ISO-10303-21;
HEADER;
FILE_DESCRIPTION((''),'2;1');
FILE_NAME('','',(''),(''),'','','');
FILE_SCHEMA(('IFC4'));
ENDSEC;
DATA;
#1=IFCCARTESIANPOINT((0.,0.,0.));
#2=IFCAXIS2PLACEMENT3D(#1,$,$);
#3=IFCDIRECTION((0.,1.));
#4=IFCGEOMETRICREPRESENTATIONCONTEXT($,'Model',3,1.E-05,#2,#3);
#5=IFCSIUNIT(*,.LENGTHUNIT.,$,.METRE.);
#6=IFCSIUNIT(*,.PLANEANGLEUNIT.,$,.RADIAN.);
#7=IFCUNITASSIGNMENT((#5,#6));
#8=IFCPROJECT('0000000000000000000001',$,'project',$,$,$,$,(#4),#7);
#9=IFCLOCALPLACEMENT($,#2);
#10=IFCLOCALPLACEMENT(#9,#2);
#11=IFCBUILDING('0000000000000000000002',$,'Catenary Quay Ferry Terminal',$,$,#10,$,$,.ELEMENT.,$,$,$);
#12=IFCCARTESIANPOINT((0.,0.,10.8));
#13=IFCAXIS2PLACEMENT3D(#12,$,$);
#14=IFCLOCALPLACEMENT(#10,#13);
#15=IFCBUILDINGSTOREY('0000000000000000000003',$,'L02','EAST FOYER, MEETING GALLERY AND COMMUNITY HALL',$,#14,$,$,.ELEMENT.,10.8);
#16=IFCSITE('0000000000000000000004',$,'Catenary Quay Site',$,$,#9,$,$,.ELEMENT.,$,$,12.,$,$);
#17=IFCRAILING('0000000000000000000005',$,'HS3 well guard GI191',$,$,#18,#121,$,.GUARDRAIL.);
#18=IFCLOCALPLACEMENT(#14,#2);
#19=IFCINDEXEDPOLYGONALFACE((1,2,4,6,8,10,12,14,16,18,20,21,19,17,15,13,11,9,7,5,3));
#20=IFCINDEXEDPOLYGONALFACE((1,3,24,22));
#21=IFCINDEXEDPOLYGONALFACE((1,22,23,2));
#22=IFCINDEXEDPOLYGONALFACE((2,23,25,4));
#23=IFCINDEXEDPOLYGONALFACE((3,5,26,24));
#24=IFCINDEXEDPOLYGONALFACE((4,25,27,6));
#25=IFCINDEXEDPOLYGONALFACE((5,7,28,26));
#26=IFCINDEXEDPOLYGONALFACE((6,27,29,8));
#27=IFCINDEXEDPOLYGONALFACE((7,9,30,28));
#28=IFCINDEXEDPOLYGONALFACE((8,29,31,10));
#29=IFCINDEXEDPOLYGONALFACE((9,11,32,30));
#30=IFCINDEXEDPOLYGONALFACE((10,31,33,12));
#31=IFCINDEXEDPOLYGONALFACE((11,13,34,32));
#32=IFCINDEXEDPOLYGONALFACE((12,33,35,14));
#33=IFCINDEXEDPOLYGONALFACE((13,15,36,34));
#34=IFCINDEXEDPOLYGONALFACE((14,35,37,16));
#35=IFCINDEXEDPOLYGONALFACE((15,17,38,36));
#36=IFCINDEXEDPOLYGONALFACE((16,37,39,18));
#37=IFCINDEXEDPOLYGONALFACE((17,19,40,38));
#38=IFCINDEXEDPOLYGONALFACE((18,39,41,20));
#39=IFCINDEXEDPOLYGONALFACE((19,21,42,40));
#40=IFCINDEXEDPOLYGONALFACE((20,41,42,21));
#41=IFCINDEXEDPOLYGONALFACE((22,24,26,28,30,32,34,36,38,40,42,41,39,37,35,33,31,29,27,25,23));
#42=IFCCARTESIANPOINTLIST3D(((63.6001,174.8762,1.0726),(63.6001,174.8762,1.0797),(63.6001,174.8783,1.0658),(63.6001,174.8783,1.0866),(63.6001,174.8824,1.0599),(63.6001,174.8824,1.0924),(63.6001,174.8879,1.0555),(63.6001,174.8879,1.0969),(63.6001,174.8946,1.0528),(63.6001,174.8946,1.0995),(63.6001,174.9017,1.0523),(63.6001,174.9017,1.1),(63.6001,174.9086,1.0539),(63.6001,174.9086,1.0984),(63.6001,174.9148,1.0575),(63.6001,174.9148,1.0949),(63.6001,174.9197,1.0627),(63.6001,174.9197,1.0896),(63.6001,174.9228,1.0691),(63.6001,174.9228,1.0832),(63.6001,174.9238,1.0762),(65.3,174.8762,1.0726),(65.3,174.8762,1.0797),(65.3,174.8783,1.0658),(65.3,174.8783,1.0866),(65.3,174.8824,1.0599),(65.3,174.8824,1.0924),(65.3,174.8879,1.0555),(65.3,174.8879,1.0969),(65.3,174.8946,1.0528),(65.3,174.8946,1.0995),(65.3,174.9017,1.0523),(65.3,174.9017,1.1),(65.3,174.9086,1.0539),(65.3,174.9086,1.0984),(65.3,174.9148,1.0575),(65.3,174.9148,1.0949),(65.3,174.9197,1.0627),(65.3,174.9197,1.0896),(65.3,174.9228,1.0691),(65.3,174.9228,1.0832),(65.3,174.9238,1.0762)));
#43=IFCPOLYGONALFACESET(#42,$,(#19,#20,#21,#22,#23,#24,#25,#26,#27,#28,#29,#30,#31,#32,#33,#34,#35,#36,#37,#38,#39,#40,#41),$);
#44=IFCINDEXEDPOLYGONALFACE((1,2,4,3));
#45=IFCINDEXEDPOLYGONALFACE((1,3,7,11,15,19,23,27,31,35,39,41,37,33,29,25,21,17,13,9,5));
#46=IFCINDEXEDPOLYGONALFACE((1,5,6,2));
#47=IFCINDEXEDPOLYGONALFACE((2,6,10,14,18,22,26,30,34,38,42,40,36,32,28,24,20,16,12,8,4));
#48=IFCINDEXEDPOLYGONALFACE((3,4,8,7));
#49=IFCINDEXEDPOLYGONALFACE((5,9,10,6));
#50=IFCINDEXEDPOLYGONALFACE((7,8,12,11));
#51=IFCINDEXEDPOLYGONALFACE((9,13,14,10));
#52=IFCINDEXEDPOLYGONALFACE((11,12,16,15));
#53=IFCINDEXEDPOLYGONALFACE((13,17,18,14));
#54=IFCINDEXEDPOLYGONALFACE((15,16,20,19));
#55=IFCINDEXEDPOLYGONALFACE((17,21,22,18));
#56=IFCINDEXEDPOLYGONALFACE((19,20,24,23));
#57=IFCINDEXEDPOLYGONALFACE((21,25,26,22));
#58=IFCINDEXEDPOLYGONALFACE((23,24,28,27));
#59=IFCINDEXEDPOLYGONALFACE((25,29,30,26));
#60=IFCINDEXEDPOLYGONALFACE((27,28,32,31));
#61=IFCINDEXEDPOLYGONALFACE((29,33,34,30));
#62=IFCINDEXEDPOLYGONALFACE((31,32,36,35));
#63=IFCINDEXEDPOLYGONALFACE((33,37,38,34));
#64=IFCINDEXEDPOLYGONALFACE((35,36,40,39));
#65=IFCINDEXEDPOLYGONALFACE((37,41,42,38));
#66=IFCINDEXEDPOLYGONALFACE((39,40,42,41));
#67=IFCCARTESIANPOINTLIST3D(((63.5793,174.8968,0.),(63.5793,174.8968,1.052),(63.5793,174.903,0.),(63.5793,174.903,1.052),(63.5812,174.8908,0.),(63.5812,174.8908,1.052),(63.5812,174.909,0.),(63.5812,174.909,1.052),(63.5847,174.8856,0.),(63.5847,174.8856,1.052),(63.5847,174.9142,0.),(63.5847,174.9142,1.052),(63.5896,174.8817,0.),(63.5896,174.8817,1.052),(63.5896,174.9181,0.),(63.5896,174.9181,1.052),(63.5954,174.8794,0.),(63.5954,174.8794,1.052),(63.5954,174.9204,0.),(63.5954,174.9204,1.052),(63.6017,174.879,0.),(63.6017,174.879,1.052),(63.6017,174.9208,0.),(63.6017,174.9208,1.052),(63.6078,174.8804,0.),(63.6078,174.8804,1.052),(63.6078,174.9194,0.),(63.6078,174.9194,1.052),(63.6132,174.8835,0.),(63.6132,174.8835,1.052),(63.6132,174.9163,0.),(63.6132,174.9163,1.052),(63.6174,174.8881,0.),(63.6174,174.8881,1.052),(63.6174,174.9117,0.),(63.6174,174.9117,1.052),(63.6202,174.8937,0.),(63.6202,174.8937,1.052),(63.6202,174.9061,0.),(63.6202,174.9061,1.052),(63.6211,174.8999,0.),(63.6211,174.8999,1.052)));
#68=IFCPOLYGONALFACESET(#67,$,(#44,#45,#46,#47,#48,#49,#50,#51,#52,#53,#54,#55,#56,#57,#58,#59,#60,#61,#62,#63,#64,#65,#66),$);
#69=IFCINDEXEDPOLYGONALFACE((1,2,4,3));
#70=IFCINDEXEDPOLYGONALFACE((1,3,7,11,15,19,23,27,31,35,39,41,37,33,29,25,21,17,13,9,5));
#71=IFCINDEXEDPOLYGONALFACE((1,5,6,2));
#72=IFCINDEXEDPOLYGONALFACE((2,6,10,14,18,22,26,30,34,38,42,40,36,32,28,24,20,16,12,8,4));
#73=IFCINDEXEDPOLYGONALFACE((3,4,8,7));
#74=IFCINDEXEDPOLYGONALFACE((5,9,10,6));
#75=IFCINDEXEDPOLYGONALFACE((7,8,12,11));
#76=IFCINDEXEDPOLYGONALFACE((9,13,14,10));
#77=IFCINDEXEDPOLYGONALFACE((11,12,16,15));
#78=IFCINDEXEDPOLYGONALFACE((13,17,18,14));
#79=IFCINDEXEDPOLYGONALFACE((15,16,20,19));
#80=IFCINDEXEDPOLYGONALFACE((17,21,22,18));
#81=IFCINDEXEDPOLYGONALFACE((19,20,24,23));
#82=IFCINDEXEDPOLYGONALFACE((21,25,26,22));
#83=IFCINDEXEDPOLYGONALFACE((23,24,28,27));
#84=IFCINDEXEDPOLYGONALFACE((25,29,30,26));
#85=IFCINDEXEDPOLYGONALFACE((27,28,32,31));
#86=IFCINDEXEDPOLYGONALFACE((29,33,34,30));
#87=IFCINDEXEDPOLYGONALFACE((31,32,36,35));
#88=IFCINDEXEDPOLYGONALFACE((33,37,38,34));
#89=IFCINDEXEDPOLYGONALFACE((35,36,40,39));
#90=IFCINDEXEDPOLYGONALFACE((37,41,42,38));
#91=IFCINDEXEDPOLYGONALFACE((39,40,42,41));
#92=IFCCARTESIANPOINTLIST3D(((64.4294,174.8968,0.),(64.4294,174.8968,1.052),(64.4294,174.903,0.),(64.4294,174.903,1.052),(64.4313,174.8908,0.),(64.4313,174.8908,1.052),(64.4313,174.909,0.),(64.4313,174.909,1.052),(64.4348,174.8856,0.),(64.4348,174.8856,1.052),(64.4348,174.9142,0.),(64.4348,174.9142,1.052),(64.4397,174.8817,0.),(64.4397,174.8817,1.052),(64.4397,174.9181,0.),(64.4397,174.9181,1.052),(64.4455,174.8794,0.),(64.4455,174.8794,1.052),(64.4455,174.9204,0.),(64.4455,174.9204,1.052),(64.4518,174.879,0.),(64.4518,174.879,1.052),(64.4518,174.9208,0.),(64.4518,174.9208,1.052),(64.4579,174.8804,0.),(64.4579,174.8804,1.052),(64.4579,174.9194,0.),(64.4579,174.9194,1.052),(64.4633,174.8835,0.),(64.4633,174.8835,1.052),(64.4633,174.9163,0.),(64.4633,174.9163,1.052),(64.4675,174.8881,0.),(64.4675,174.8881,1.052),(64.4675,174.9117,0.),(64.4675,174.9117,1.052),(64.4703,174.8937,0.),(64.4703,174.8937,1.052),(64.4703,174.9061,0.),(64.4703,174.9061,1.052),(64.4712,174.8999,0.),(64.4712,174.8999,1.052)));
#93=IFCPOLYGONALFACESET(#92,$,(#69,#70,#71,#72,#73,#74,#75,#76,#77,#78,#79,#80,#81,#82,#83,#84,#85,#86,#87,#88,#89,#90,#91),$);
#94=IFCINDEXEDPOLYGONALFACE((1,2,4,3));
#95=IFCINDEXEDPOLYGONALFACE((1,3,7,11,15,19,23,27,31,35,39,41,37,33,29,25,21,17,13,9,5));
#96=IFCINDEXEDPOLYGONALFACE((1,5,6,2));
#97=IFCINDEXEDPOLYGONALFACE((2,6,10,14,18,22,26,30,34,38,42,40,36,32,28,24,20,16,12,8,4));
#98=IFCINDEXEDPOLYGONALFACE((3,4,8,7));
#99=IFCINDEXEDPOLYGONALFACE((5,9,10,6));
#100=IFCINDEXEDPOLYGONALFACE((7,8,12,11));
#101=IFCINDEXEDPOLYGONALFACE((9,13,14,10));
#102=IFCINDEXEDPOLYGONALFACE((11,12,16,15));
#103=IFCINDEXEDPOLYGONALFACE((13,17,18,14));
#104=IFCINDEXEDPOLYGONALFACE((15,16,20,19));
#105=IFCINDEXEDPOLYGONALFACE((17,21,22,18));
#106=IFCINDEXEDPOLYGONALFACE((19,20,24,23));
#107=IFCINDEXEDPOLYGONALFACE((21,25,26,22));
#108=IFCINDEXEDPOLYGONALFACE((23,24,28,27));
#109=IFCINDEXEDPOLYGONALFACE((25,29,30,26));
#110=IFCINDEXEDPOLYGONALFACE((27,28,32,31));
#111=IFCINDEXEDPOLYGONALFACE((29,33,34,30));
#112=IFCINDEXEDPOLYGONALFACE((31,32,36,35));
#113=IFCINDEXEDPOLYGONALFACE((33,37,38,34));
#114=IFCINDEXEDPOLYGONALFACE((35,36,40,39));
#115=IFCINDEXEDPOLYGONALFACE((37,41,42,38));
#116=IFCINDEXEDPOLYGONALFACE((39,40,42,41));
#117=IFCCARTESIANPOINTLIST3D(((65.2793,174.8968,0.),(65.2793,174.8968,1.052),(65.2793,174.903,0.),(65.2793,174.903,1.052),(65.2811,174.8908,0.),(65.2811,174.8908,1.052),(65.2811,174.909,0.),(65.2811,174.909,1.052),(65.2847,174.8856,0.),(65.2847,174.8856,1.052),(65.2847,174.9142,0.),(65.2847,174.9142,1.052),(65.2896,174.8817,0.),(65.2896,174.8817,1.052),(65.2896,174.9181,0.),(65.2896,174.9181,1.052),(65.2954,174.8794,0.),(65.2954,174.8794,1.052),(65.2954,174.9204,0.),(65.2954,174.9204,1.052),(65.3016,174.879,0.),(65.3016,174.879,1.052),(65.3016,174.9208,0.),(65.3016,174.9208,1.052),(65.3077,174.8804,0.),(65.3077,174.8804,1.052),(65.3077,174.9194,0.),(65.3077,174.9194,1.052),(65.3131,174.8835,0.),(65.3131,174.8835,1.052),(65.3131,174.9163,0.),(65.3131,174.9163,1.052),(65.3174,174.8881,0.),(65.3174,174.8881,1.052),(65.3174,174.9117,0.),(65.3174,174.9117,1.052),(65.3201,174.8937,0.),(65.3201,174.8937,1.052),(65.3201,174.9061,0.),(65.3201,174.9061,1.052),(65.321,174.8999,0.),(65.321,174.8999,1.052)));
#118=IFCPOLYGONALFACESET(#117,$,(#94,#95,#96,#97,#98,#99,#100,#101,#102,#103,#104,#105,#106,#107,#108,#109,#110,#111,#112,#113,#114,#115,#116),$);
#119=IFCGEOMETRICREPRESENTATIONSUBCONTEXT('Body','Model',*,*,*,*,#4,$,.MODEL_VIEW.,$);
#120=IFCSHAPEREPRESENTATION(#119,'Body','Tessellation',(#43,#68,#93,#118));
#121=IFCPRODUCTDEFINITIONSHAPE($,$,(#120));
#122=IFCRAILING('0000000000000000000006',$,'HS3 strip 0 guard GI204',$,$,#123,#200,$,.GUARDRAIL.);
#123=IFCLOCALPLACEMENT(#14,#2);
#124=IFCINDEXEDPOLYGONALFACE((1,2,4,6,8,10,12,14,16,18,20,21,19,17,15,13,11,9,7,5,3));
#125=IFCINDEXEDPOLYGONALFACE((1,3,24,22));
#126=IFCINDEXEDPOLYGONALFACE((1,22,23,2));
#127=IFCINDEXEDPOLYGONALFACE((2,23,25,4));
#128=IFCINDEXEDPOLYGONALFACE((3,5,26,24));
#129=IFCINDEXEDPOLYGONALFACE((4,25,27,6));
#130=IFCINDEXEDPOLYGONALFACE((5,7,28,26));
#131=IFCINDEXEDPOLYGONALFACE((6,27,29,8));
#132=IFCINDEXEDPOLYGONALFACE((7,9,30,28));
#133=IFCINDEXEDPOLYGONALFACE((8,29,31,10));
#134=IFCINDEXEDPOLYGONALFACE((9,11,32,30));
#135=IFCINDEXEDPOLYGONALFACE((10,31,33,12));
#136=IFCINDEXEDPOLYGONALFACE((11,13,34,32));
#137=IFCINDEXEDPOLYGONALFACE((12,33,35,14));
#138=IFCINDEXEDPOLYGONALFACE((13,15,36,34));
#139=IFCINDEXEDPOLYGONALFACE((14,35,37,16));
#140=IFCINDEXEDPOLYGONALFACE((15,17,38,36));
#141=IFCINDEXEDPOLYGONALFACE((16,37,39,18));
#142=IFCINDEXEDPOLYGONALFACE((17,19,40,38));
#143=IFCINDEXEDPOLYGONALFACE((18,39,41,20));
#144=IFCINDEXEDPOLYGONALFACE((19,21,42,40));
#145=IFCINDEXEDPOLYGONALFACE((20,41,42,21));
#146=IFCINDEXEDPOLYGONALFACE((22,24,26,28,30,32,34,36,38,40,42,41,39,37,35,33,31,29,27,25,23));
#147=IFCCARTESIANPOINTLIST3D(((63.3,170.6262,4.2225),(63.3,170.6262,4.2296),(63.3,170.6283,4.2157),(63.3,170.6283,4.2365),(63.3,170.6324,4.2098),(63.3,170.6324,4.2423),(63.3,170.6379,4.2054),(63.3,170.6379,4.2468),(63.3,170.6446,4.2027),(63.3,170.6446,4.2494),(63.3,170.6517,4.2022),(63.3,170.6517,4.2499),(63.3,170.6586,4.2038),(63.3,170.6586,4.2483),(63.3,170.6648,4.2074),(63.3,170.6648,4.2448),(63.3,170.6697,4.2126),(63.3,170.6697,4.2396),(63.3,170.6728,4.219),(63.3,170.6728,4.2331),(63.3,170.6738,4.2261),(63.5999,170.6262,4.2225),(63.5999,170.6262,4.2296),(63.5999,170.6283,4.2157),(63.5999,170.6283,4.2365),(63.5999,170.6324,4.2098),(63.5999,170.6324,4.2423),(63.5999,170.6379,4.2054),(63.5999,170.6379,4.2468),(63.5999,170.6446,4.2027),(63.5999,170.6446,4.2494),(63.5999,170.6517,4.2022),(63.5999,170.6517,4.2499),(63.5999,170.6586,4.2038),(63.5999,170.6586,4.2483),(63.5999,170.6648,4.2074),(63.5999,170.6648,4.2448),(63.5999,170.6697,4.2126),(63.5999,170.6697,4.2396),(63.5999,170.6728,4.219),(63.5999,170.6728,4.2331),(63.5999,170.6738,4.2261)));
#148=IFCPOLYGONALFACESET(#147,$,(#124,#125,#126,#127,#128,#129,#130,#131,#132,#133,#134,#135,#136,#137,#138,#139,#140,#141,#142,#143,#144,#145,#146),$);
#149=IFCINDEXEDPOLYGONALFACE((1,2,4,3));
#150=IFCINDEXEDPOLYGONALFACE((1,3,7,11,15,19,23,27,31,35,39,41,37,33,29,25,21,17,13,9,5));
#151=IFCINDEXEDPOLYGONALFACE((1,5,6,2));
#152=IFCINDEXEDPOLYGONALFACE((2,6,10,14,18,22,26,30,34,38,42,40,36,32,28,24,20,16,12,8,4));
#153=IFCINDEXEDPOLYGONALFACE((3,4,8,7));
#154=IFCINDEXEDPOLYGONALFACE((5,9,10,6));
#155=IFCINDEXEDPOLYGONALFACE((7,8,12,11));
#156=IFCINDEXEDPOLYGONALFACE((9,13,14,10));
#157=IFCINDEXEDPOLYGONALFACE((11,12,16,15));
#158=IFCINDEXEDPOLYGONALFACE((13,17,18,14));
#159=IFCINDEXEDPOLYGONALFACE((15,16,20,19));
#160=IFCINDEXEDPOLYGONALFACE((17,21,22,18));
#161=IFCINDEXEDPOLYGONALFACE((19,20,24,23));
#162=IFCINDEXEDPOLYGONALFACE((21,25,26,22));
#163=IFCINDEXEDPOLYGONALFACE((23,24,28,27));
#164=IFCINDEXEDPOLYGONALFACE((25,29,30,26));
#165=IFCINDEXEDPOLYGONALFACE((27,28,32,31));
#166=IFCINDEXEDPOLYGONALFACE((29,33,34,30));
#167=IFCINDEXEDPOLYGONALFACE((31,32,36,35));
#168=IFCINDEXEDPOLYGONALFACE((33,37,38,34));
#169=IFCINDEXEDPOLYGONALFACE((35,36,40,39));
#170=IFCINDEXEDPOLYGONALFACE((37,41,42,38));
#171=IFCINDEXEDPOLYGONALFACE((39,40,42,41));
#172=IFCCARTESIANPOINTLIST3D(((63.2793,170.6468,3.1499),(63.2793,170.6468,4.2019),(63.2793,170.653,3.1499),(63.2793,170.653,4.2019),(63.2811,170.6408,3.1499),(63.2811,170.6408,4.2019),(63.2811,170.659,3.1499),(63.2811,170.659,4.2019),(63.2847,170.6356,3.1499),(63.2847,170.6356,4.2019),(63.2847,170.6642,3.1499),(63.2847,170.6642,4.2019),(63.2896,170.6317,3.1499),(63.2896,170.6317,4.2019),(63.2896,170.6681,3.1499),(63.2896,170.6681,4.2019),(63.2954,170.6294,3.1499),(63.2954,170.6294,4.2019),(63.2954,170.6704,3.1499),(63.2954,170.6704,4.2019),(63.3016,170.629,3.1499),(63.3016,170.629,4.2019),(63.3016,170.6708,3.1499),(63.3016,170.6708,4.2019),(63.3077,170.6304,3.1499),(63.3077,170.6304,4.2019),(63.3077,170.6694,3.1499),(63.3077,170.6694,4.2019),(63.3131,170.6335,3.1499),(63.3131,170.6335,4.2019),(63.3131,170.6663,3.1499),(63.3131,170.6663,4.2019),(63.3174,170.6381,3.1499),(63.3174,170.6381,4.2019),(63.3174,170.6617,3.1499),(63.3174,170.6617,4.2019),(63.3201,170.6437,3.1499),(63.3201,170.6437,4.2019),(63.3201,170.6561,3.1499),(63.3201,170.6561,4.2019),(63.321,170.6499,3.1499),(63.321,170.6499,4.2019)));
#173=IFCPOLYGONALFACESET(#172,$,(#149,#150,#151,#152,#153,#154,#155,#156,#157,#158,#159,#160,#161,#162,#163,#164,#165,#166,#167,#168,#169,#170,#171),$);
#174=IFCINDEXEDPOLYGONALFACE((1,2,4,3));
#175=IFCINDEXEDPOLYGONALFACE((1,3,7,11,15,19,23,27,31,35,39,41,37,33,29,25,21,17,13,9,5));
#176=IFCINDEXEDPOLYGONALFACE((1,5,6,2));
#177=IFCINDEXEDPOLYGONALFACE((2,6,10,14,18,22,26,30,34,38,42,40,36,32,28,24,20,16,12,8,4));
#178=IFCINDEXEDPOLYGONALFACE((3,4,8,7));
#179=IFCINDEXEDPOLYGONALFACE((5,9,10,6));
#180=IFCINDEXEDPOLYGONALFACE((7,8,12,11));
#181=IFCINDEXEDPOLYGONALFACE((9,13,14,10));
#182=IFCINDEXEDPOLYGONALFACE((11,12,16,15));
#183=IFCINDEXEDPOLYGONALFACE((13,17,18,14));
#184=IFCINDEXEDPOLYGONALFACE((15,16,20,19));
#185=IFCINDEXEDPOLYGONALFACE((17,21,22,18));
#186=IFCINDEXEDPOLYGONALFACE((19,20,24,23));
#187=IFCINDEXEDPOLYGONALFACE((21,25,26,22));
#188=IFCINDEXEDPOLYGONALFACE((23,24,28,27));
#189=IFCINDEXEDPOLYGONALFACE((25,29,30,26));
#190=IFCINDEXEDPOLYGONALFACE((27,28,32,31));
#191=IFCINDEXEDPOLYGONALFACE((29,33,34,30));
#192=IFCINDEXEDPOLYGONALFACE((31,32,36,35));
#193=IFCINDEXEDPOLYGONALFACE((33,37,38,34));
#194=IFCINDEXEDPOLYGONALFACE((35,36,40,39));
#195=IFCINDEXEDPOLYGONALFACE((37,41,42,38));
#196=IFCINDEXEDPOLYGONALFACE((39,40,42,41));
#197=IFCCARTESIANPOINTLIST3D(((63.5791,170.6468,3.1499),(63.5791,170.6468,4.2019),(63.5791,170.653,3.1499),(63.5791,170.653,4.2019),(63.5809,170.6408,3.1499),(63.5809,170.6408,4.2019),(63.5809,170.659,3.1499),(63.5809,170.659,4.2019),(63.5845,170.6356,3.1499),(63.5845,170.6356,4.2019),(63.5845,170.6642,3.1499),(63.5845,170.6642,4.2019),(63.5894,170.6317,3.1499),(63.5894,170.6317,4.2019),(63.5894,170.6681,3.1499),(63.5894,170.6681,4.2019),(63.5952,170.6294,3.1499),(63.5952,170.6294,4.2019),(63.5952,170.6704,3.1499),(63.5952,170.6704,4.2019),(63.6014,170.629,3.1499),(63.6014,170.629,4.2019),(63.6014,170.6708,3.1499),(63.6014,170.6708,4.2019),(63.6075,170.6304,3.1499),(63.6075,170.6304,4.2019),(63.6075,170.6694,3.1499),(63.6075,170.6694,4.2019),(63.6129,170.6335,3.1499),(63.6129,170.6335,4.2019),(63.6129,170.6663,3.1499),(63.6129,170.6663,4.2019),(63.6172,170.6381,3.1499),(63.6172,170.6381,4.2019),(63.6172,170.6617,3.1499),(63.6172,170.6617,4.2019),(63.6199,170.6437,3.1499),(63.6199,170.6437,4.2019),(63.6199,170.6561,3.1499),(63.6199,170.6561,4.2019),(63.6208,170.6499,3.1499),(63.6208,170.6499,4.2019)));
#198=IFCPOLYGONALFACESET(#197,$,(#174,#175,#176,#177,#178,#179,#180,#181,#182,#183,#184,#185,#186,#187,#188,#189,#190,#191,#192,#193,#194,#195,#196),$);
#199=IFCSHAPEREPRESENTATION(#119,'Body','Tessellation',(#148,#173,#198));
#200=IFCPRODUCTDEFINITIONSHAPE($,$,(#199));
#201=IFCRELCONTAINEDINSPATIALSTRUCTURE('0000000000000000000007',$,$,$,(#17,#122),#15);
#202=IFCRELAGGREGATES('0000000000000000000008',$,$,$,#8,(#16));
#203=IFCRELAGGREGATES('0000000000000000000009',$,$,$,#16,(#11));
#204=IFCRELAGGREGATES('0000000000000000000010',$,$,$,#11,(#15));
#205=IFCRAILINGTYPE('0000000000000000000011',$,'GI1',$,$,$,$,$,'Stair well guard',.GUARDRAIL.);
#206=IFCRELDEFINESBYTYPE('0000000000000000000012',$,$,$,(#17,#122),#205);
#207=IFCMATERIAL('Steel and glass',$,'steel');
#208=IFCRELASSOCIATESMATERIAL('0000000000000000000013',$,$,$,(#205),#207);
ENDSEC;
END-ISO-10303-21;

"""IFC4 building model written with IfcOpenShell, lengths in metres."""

from ifc_helpers import new_model, si_unit, direction, frame, origin, origin_2d, place, context, subcontext, project, spatial, circle, extrude, material, type_object, element, save


model = new_model("IFC4")

# Units and contexts
model_context = context("Model", 3, precision=1e-05, world=origin(), true_north=direction((0.0, 1.0)))
body_context = subcontext(model_context, "Body", "Model", "MODEL_VIEW")
ifc_project = project(units=[si_unit("LENGTHUNIT", "METRE"), si_unit("PLANEANGLEUNIT", "RADIAN")], contexts=[model_context])

# Site, building, storey
site_placement = place(None, origin())
site = spatial("IfcSite", under=ifc_project, at=site_placement, Name="Catenary Quay Site", CompositionType="ELEMENT", RefElevation=12.0)
building_placement = place(site_placement, origin())
building = spatial("IfcBuilding", under=site, at=building_placement, Name="Catenary Quay Ferry Terminal", CompositionType="ELEMENT")
storey_placement = place(building_placement, frame((0.0, 0.0, 10.8)))
storey = spatial("IfcBuildingStorey", under=building, at=storey_placement, Name="L02", Description="EAST FOYER, MEETING GALLERY AND COMMUNITY HALL", CompositionType="ELEMENT", Elevation=10.8)

# Railings
ifc_material_1 = material(Name="Steel and glass", Category="steel")
railing_type_1 = type_object("IfcRailingType", Name="GI1", ElementType="Stair well guard", PredefinedType="GUARDRAIL", material=ifc_material_1)
railing_1_placement = place(storey_placement, frame((63.6001, 174.8999, 0.0)))
element("IfcRailing", 1, at=railing_1_placement, inside=storey, type_object=railing_type_1, Name="HS3 well guard GI191", PredefinedType="GUARDRAIL", context=body_context, shape_type="SweptSolid", body=[
    extrude(circle(Radius=0.0239, at=origin_2d()), frame((0.0, 0.0, 1.0762), z_axis=(1.0, 0.0, 0.0), x_axis=(0.0, 1.0, 0.0)), (0.0, 0.0, 1.0), 1.7),
    extrude(circle(Radius=0.021, at=origin_2d()), origin(), (0.0, 0.0, 1.0), 1.052),
    extrude(circle(Radius=0.021, at=origin_2d()), frame((0.8501, 0.0, 0.0)), (0.0, 0.0, 1.0), 1.052),
    extrude(circle(Radius=0.021, at=origin_2d()), frame((1.7, 0.0, 0.0)), (0.0, 0.0, 1.0), 1.052),
])
railing_2_placement = place(storey_placement, frame((63.3, 170.6499, 3.1499)))
element("IfcRailing", 2, at=railing_2_placement, inside=storey, type_object=railing_type_1, Name="HS3 strip 0 guard GI204", PredefinedType="GUARDRAIL", context=body_context, shape_type="SweptSolid", body=[
    extrude(circle(Radius=0.0239, at=origin_2d()), frame((0.0, 0.0, 1.0762), z_axis=(1.0, 0.0, 0.0), x_axis=(0.0, 1.0, 0.0)), (0.0, 0.0, 1.0), 0.2998),
    extrude(circle(Radius=0.021, at=origin_2d()), origin(), (0.0, 0.0, 1.0), 1.052),
    extrude(circle(Radius=0.021, at=origin_2d()), frame((0.2998, 0.0, 0.0)), (0.0, 0.0, 1.0), 1.052),
])

save(model, "model.ifc")
